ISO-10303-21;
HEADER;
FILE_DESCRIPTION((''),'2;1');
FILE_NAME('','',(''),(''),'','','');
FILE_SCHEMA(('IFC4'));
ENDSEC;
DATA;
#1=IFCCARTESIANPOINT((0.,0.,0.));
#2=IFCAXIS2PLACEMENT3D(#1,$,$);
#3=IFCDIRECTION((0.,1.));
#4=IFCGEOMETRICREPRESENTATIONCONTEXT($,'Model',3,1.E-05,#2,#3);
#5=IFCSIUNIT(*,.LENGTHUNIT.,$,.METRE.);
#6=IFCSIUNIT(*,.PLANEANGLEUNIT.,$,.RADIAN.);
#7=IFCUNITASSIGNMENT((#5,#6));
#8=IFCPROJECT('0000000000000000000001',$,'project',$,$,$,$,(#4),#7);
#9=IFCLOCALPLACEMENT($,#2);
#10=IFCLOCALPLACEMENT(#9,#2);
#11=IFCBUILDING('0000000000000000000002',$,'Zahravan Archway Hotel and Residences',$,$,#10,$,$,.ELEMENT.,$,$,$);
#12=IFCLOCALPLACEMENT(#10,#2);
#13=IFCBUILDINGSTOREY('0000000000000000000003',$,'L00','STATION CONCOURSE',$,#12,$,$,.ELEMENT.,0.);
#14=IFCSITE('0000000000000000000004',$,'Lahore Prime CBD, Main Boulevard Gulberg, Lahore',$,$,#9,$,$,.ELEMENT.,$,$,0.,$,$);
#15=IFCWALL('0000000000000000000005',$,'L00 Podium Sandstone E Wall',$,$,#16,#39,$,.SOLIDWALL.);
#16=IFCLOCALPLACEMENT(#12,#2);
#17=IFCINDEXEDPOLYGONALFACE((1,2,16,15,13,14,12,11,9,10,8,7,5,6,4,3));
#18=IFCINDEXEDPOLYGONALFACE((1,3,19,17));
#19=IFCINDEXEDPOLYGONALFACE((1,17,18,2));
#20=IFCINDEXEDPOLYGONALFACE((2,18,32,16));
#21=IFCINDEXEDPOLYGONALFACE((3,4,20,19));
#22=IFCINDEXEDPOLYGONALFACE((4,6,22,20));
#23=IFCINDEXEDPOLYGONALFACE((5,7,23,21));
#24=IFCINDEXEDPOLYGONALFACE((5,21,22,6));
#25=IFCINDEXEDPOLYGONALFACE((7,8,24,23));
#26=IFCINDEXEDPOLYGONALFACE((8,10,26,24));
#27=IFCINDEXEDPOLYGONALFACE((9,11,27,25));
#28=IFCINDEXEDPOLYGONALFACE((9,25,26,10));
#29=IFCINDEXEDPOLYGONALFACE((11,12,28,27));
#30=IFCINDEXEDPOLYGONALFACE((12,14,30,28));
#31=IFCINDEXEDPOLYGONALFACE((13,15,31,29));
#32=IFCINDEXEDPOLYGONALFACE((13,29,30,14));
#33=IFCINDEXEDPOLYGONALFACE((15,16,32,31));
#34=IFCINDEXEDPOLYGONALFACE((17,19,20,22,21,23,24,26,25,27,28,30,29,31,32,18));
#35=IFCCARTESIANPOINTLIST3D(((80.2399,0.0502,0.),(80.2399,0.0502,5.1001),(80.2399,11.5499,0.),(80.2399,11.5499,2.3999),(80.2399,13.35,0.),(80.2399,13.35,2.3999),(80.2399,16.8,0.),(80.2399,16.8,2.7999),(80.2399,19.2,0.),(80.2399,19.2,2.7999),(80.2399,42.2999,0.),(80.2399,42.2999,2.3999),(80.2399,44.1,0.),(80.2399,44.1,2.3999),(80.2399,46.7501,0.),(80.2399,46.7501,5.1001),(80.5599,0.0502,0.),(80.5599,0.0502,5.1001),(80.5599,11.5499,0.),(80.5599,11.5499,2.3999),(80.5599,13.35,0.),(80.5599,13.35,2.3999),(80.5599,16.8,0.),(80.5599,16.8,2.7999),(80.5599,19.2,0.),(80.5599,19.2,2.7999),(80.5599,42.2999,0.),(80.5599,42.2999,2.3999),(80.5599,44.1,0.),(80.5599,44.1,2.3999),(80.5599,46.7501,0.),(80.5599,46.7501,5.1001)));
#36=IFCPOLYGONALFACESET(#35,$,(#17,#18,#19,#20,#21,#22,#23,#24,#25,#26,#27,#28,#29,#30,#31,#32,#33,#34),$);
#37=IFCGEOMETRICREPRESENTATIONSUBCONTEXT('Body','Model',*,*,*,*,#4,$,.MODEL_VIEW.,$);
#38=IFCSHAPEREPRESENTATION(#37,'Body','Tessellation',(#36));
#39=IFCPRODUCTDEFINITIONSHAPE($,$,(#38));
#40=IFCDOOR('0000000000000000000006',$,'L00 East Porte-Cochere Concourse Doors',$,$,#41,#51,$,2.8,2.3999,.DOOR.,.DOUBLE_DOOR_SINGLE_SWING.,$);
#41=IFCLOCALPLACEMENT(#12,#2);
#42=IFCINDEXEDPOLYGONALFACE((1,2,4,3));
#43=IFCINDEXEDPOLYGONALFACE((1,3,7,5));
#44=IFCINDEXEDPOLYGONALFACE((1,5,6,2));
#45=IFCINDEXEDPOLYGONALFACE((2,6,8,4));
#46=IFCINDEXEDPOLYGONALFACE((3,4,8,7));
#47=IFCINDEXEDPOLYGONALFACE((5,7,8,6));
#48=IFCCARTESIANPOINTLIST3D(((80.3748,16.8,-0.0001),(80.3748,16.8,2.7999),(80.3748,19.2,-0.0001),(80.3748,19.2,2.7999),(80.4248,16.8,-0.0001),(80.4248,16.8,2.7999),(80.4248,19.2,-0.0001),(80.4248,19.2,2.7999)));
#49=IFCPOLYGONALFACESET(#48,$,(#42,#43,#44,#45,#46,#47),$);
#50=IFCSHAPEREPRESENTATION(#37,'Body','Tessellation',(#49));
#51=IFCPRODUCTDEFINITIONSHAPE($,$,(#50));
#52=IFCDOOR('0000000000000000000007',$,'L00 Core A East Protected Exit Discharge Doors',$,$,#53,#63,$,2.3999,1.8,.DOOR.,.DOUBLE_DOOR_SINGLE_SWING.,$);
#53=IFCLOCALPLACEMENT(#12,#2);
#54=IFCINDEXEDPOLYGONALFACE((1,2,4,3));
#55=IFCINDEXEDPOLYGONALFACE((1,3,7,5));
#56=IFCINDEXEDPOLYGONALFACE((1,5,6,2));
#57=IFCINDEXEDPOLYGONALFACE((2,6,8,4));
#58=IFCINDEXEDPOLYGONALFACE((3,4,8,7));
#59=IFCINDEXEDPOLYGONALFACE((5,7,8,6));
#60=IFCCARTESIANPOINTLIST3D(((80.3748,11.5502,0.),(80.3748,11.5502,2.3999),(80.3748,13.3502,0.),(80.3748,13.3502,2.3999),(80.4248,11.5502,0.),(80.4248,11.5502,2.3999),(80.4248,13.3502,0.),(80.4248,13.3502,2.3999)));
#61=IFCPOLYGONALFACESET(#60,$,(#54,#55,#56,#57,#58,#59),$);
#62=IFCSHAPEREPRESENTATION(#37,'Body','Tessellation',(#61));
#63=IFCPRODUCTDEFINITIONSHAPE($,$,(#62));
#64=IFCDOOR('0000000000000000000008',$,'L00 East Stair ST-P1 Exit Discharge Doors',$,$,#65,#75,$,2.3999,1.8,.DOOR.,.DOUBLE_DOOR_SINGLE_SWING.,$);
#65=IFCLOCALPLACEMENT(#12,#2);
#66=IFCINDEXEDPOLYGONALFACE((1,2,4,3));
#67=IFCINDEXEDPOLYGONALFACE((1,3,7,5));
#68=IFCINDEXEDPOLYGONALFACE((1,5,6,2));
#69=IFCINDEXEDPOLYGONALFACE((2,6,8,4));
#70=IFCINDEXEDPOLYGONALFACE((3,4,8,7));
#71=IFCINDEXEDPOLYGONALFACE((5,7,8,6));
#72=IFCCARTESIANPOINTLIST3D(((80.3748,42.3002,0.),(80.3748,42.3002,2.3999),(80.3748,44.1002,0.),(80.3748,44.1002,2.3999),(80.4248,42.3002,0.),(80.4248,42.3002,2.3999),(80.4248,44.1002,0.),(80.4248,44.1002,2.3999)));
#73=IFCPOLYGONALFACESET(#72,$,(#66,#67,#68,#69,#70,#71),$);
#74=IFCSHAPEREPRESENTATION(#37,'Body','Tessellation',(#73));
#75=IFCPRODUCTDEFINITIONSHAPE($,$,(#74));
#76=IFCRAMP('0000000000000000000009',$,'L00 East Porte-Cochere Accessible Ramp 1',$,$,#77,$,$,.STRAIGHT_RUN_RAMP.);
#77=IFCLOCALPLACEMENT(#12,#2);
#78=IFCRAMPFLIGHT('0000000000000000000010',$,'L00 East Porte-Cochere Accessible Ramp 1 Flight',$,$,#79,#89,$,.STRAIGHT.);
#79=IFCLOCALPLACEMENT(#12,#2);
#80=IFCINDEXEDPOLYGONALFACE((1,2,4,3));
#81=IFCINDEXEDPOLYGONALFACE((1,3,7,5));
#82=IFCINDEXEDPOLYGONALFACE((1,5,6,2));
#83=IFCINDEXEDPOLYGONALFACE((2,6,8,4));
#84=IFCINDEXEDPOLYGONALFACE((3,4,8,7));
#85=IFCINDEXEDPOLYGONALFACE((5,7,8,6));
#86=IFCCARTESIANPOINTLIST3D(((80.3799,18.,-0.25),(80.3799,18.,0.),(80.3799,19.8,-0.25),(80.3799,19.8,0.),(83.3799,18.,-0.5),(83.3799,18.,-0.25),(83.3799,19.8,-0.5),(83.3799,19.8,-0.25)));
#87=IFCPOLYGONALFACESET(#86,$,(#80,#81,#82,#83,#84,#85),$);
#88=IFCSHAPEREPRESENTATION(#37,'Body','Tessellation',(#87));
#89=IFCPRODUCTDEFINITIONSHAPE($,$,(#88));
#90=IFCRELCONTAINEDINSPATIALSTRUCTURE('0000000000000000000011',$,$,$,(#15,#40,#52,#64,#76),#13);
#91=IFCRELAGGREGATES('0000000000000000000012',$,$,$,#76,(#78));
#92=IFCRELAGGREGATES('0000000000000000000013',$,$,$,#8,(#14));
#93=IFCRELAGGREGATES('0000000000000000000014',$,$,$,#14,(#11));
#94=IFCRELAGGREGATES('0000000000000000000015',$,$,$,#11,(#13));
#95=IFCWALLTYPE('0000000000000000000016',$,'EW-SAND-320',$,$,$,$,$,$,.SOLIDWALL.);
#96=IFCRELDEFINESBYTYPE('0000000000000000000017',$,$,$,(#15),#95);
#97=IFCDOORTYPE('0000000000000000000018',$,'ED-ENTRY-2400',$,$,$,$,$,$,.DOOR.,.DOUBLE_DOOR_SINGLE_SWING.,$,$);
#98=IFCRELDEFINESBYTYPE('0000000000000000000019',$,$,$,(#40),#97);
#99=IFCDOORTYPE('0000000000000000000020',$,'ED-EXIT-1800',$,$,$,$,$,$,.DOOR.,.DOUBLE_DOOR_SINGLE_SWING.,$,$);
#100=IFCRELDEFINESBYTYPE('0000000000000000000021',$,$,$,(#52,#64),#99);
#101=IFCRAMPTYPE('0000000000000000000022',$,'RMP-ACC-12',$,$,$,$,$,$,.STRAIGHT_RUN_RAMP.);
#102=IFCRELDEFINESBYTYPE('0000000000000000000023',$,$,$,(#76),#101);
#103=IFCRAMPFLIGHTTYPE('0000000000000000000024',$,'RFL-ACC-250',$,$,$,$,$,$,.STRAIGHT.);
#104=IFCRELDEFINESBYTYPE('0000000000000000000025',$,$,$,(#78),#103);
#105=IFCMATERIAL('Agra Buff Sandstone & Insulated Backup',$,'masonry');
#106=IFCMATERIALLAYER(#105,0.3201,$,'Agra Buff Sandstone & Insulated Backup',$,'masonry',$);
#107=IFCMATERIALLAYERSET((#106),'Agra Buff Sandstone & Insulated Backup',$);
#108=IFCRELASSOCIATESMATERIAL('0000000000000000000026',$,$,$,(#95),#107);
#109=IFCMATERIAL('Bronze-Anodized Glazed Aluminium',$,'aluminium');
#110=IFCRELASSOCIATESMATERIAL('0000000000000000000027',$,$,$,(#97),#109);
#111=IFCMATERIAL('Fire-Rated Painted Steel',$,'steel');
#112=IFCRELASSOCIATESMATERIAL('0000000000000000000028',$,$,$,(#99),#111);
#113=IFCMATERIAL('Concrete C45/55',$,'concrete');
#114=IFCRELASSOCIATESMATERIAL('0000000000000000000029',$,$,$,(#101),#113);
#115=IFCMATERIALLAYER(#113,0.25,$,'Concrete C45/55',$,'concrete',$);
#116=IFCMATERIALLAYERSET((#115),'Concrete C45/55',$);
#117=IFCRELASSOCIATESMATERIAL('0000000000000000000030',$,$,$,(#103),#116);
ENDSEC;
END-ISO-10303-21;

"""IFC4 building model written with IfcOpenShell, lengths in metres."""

from ifc_helpers import new_model, si_unit, direction, frame, frame_2d, origin, place, context, subcontext, project, spatial, polyline, rectangle, outline, extrude, source, transform, mapped, material, layer, layer_set, type_object, type_shapes, element, fill, aggregate, save


model = new_model("IFC4")

# Units and contexts
model_context = context("Model", 3, precision=1e-05, world=origin(), true_north=direction((0.0, 1.0)))
body_context = subcontext(model_context, "Body", "Model", "MODEL_VIEW")
ifc_project = project(units=[si_unit("LENGTHUNIT", "METRE"), si_unit("PLANEANGLEUNIT", "RADIAN")], contexts=[model_context])

# Site, building, storey
site_placement = place(None, origin())
site = spatial("IfcSite", under=ifc_project, at=site_placement, Name="Lahore Prime CBD, Main Boulevard Gulberg, Lahore", CompositionType="ELEMENT", RefElevation=0.0)
building_placement = place(site_placement, origin())
building = spatial("IfcBuilding", under=site, at=building_placement, Name="Zahravan Archway Hotel and Residences", CompositionType="ELEMENT")
storey_placement = place(building_placement, origin())
storey = spatial("IfcBuildingStorey", under=building, at=storey_placement, Name="L00", Description="STATION CONCOURSE", CompositionType="ELEMENT", Elevation=0.0)

# Wall, openings, doors
ifc_material_1 = material(Name="Agra Buff Sandstone & Insulated Backup", Category="masonry")
ifc_layer_1 = layer(ifc_material_1, 0.3201, Name="Agra Buff Sandstone & Insulated Backup", Category="masonry")
ifc_layer_set_1 = layer_set([ifc_layer_1], Name="Agra Buff Sandstone & Insulated Backup")
wall_type = type_object("IfcWallType", Name="EW-SAND-320", PredefinedType="SOLIDWALL", material=ifc_layer_set_1)
wall_placement = place(storey_placement, frame((80.3999, 0.05, 0.0), z_axis=(0.0, 0.0, 1.0), x_axis=(0.0, 1.0, 0.0)))
wall = element("IfcWall", 1, at=wall_placement, inside=storey, type_object=wall_type, Name="L00 Podium Sandstone E Wall", PredefinedType="SOLIDWALL", context=body_context, shape_type="SweptSolid", body=[
    extrude(rectangle(XDim=46.7, YDim=0.3201, at=frame_2d((23.3501, 0.0))), origin(), (0.0, 0.0, 1.0), 5.1001),
])
opening_1_placement = place(wall_placement, frame((11.5, 0.0, 0.0)))
opening_1 = element("IfcOpeningElement", 2, at=opening_1_placement, cuts=wall, PredefinedType="OPENING", context=body_context, shape_type="SweptSolid", body=[
    extrude(rectangle(XDim=1.8, YDim=2.3999, at=frame_2d((0.8999, 1.2))), frame((0.0, 0.1699, 0.0), z_axis=(0.0, -1.0, 0.0), x_axis=(1.0, 0.0, 0.0)), (0.0, 0.0, 1.0), 0.3401),
])
opening_2_placement = place(wall_placement, frame((16.75, 0.0, 0.0)))
opening_2 = element("IfcOpeningElement", 3, at=opening_2_placement, cuts=wall, PredefinedType="OPENING", context=body_context, shape_type="SweptSolid", body=[
    extrude(rectangle(XDim=2.3999, YDim=2.8, at=frame_2d((1.2, 1.3999))), frame((0.0, 0.1699, 0.0), z_axis=(0.0, -1.0, 0.0), x_axis=(1.0, 0.0, 0.0)), (0.0, 0.0, 1.0), 0.3401),
])
opening_3_placement = place(wall_placement, frame((42.25, 0.0, 0.0)))
opening_3 = element("IfcOpeningElement", 4, at=opening_3_placement, cuts=wall, PredefinedType="OPENING", context=body_context, shape_type="SweptSolid", body=[
    extrude(rectangle(XDim=1.8, YDim=2.3999, at=frame_2d((0.8999, 1.2))), frame((0.0, 0.1699, 0.0), z_axis=(0.0, -1.0, 0.0), x_axis=(1.0, 0.0, 0.0)), (0.0, 0.0, 1.0), 0.3401),
])
ifc_material_2 = material(Name="Bronze-Anodized Glazed Aluminium", Category="aluminium")
door_type_1 = type_object("IfcDoorType", Name="ED-ENTRY-2400", OperationType="DOUBLE_DOOR_SINGLE_SWING", PredefinedType="DOOR", material=ifc_material_2)
shared_shape_1 = source(origin(), body_context, "Body", "SweptSolid", [
    extrude(rectangle(XDim=2.3999, YDim=2.8, at=frame_2d((1.2, 1.3999))), frame((0.0, 0.0249, 0.0), z_axis=(0.0, -1.0, 0.0), x_axis=(1.0, 0.0, 0.0)), (0.0, 0.0, 1.0), 0.05),
])
type_shapes(door_type_1, [shared_shape_1])
door_1_placement = place(opening_2_placement, frame((2.3999, 0.0, 0.0), z_axis=(0.0, 0.0, 1.0), x_axis=(-1.0, 0.0, 0.0)))
door_1 = element("IfcDoor", 5, at=door_1_placement, inside=storey, type_object=door_type_1, Name="L00 East Porte-Cochere Concourse Doors", OperationType="DOUBLE_DOOR_SINGLE_SWING", OverallHeight=2.8, OverallWidth=2.3999, PredefinedType="DOOR", context=body_context, shape_type="MappedRepresentation", body=[
    mapped(shared_shape_1, transform((0.0, 0.0, 0.0), scale=1.0)),
])
fill(opening_2, door_1)
ifc_material_3 = material(Name="Fire-Rated Painted Steel", Category="steel")
door_type_2 = type_object("IfcDoorType", Name="ED-EXIT-1800", OperationType="DOUBLE_DOOR_SINGLE_SWING", PredefinedType="DOOR", material=ifc_material_3)
shared_shape_2 = source(origin(), body_context, "Body", "SweptSolid", [
    extrude(rectangle(XDim=1.8, YDim=2.3999, at=frame_2d((0.8999, 1.2))), frame((0.0, 0.0249, 0.0), z_axis=(0.0, -1.0, 0.0), x_axis=(1.0, 0.0, 0.0)), (0.0, 0.0, 1.0), 0.05),
])
type_shapes(door_type_2, [shared_shape_2])
door_2_placement = place(opening_1_placement, frame((1.8, 0.0, 0.0), z_axis=(0.0, 0.0, 1.0), x_axis=(-1.0, 0.0, 0.0)))
door_2 = element("IfcDoor", 6, at=door_2_placement, inside=storey, type_object=door_type_2, Name="L00 Core A East Protected Exit Discharge Doors", OperationType="DOUBLE_DOOR_SINGLE_SWING", OverallHeight=2.3999, OverallWidth=1.8, PredefinedType="DOOR", context=body_context, shape_type="MappedRepresentation", body=[
    mapped(shared_shape_2, transform((0.0, 0.0, 0.0), scale=1.0)),
])
fill(opening_1, door_2)
door_3_placement = place(opening_3_placement, frame((1.8, 0.0, 0.0), z_axis=(0.0, 0.0, 1.0), x_axis=(-1.0, 0.0, 0.0)))
door_3 = element("IfcDoor", 7, at=door_3_placement, inside=storey, type_object=door_type_2, Name="L00 East Stair ST-P1 Exit Discharge Doors", OperationType="DOUBLE_DOOR_SINGLE_SWING", OverallHeight=2.3999, OverallWidth=1.8, PredefinedType="DOOR", context=body_context, shape_type="MappedRepresentation", body=[
    mapped(shared_shape_2, transform((0.0, 0.0, 0.0), scale=1.0)),
])
fill(opening_3, door_3)

# Ramp, ramp flight
ifc_material_4 = material(Name="Concrete C45/55", Category="concrete")
ramp_type = type_object("IfcRampType", Name="RMP-ACC-12", PredefinedType="STRAIGHT_RUN_RAMP", material=ifc_material_4)
ramp_placement = place(storey_placement, origin())
ramp = element("IfcRamp", 8, at=ramp_placement, inside=storey, type_object=ramp_type, Name="L00 East Porte-Cochere Accessible Ramp 1", PredefinedType="STRAIGHT_RUN_RAMP")
ifc_layer_2 = layer(ifc_material_4, 0.25, Name="Concrete C45/55", Category="concrete")
ifc_layer_set_2 = layer_set([ifc_layer_2], Name="Concrete C45/55")
ramp_flight_type = type_object("IfcRampFlightType", Name="RFL-ACC-250", PredefinedType="STRAIGHT", material=ifc_layer_set_2)
ramp_flight_placement = place(storey_placement, frame((83.3799, 18.0, -0.25), z_axis=(0.0, 1.0, 0.0), x_axis=(-1.0, 0.0, 0.0)))
ramp_flight = element("IfcRampFlight", 9, at=ramp_flight_placement, type_object=ramp_flight_type, Name="L00 East Porte-Cochere Accessible Ramp 1 Flight", PredefinedType="STRAIGHT", context=body_context, shape_type="SweptSolid", body=[
    extrude(outline(polyline([(0.0, 0.0), (3.0, 0.25), (3.0, 0.0), (0.0, -0.25), (0.0, 0.0)])), origin(), (0.0, 0.0, 1.0), 1.8),
])
aggregate(ramp, [ramp_flight])

save(model, "model.ifc")
